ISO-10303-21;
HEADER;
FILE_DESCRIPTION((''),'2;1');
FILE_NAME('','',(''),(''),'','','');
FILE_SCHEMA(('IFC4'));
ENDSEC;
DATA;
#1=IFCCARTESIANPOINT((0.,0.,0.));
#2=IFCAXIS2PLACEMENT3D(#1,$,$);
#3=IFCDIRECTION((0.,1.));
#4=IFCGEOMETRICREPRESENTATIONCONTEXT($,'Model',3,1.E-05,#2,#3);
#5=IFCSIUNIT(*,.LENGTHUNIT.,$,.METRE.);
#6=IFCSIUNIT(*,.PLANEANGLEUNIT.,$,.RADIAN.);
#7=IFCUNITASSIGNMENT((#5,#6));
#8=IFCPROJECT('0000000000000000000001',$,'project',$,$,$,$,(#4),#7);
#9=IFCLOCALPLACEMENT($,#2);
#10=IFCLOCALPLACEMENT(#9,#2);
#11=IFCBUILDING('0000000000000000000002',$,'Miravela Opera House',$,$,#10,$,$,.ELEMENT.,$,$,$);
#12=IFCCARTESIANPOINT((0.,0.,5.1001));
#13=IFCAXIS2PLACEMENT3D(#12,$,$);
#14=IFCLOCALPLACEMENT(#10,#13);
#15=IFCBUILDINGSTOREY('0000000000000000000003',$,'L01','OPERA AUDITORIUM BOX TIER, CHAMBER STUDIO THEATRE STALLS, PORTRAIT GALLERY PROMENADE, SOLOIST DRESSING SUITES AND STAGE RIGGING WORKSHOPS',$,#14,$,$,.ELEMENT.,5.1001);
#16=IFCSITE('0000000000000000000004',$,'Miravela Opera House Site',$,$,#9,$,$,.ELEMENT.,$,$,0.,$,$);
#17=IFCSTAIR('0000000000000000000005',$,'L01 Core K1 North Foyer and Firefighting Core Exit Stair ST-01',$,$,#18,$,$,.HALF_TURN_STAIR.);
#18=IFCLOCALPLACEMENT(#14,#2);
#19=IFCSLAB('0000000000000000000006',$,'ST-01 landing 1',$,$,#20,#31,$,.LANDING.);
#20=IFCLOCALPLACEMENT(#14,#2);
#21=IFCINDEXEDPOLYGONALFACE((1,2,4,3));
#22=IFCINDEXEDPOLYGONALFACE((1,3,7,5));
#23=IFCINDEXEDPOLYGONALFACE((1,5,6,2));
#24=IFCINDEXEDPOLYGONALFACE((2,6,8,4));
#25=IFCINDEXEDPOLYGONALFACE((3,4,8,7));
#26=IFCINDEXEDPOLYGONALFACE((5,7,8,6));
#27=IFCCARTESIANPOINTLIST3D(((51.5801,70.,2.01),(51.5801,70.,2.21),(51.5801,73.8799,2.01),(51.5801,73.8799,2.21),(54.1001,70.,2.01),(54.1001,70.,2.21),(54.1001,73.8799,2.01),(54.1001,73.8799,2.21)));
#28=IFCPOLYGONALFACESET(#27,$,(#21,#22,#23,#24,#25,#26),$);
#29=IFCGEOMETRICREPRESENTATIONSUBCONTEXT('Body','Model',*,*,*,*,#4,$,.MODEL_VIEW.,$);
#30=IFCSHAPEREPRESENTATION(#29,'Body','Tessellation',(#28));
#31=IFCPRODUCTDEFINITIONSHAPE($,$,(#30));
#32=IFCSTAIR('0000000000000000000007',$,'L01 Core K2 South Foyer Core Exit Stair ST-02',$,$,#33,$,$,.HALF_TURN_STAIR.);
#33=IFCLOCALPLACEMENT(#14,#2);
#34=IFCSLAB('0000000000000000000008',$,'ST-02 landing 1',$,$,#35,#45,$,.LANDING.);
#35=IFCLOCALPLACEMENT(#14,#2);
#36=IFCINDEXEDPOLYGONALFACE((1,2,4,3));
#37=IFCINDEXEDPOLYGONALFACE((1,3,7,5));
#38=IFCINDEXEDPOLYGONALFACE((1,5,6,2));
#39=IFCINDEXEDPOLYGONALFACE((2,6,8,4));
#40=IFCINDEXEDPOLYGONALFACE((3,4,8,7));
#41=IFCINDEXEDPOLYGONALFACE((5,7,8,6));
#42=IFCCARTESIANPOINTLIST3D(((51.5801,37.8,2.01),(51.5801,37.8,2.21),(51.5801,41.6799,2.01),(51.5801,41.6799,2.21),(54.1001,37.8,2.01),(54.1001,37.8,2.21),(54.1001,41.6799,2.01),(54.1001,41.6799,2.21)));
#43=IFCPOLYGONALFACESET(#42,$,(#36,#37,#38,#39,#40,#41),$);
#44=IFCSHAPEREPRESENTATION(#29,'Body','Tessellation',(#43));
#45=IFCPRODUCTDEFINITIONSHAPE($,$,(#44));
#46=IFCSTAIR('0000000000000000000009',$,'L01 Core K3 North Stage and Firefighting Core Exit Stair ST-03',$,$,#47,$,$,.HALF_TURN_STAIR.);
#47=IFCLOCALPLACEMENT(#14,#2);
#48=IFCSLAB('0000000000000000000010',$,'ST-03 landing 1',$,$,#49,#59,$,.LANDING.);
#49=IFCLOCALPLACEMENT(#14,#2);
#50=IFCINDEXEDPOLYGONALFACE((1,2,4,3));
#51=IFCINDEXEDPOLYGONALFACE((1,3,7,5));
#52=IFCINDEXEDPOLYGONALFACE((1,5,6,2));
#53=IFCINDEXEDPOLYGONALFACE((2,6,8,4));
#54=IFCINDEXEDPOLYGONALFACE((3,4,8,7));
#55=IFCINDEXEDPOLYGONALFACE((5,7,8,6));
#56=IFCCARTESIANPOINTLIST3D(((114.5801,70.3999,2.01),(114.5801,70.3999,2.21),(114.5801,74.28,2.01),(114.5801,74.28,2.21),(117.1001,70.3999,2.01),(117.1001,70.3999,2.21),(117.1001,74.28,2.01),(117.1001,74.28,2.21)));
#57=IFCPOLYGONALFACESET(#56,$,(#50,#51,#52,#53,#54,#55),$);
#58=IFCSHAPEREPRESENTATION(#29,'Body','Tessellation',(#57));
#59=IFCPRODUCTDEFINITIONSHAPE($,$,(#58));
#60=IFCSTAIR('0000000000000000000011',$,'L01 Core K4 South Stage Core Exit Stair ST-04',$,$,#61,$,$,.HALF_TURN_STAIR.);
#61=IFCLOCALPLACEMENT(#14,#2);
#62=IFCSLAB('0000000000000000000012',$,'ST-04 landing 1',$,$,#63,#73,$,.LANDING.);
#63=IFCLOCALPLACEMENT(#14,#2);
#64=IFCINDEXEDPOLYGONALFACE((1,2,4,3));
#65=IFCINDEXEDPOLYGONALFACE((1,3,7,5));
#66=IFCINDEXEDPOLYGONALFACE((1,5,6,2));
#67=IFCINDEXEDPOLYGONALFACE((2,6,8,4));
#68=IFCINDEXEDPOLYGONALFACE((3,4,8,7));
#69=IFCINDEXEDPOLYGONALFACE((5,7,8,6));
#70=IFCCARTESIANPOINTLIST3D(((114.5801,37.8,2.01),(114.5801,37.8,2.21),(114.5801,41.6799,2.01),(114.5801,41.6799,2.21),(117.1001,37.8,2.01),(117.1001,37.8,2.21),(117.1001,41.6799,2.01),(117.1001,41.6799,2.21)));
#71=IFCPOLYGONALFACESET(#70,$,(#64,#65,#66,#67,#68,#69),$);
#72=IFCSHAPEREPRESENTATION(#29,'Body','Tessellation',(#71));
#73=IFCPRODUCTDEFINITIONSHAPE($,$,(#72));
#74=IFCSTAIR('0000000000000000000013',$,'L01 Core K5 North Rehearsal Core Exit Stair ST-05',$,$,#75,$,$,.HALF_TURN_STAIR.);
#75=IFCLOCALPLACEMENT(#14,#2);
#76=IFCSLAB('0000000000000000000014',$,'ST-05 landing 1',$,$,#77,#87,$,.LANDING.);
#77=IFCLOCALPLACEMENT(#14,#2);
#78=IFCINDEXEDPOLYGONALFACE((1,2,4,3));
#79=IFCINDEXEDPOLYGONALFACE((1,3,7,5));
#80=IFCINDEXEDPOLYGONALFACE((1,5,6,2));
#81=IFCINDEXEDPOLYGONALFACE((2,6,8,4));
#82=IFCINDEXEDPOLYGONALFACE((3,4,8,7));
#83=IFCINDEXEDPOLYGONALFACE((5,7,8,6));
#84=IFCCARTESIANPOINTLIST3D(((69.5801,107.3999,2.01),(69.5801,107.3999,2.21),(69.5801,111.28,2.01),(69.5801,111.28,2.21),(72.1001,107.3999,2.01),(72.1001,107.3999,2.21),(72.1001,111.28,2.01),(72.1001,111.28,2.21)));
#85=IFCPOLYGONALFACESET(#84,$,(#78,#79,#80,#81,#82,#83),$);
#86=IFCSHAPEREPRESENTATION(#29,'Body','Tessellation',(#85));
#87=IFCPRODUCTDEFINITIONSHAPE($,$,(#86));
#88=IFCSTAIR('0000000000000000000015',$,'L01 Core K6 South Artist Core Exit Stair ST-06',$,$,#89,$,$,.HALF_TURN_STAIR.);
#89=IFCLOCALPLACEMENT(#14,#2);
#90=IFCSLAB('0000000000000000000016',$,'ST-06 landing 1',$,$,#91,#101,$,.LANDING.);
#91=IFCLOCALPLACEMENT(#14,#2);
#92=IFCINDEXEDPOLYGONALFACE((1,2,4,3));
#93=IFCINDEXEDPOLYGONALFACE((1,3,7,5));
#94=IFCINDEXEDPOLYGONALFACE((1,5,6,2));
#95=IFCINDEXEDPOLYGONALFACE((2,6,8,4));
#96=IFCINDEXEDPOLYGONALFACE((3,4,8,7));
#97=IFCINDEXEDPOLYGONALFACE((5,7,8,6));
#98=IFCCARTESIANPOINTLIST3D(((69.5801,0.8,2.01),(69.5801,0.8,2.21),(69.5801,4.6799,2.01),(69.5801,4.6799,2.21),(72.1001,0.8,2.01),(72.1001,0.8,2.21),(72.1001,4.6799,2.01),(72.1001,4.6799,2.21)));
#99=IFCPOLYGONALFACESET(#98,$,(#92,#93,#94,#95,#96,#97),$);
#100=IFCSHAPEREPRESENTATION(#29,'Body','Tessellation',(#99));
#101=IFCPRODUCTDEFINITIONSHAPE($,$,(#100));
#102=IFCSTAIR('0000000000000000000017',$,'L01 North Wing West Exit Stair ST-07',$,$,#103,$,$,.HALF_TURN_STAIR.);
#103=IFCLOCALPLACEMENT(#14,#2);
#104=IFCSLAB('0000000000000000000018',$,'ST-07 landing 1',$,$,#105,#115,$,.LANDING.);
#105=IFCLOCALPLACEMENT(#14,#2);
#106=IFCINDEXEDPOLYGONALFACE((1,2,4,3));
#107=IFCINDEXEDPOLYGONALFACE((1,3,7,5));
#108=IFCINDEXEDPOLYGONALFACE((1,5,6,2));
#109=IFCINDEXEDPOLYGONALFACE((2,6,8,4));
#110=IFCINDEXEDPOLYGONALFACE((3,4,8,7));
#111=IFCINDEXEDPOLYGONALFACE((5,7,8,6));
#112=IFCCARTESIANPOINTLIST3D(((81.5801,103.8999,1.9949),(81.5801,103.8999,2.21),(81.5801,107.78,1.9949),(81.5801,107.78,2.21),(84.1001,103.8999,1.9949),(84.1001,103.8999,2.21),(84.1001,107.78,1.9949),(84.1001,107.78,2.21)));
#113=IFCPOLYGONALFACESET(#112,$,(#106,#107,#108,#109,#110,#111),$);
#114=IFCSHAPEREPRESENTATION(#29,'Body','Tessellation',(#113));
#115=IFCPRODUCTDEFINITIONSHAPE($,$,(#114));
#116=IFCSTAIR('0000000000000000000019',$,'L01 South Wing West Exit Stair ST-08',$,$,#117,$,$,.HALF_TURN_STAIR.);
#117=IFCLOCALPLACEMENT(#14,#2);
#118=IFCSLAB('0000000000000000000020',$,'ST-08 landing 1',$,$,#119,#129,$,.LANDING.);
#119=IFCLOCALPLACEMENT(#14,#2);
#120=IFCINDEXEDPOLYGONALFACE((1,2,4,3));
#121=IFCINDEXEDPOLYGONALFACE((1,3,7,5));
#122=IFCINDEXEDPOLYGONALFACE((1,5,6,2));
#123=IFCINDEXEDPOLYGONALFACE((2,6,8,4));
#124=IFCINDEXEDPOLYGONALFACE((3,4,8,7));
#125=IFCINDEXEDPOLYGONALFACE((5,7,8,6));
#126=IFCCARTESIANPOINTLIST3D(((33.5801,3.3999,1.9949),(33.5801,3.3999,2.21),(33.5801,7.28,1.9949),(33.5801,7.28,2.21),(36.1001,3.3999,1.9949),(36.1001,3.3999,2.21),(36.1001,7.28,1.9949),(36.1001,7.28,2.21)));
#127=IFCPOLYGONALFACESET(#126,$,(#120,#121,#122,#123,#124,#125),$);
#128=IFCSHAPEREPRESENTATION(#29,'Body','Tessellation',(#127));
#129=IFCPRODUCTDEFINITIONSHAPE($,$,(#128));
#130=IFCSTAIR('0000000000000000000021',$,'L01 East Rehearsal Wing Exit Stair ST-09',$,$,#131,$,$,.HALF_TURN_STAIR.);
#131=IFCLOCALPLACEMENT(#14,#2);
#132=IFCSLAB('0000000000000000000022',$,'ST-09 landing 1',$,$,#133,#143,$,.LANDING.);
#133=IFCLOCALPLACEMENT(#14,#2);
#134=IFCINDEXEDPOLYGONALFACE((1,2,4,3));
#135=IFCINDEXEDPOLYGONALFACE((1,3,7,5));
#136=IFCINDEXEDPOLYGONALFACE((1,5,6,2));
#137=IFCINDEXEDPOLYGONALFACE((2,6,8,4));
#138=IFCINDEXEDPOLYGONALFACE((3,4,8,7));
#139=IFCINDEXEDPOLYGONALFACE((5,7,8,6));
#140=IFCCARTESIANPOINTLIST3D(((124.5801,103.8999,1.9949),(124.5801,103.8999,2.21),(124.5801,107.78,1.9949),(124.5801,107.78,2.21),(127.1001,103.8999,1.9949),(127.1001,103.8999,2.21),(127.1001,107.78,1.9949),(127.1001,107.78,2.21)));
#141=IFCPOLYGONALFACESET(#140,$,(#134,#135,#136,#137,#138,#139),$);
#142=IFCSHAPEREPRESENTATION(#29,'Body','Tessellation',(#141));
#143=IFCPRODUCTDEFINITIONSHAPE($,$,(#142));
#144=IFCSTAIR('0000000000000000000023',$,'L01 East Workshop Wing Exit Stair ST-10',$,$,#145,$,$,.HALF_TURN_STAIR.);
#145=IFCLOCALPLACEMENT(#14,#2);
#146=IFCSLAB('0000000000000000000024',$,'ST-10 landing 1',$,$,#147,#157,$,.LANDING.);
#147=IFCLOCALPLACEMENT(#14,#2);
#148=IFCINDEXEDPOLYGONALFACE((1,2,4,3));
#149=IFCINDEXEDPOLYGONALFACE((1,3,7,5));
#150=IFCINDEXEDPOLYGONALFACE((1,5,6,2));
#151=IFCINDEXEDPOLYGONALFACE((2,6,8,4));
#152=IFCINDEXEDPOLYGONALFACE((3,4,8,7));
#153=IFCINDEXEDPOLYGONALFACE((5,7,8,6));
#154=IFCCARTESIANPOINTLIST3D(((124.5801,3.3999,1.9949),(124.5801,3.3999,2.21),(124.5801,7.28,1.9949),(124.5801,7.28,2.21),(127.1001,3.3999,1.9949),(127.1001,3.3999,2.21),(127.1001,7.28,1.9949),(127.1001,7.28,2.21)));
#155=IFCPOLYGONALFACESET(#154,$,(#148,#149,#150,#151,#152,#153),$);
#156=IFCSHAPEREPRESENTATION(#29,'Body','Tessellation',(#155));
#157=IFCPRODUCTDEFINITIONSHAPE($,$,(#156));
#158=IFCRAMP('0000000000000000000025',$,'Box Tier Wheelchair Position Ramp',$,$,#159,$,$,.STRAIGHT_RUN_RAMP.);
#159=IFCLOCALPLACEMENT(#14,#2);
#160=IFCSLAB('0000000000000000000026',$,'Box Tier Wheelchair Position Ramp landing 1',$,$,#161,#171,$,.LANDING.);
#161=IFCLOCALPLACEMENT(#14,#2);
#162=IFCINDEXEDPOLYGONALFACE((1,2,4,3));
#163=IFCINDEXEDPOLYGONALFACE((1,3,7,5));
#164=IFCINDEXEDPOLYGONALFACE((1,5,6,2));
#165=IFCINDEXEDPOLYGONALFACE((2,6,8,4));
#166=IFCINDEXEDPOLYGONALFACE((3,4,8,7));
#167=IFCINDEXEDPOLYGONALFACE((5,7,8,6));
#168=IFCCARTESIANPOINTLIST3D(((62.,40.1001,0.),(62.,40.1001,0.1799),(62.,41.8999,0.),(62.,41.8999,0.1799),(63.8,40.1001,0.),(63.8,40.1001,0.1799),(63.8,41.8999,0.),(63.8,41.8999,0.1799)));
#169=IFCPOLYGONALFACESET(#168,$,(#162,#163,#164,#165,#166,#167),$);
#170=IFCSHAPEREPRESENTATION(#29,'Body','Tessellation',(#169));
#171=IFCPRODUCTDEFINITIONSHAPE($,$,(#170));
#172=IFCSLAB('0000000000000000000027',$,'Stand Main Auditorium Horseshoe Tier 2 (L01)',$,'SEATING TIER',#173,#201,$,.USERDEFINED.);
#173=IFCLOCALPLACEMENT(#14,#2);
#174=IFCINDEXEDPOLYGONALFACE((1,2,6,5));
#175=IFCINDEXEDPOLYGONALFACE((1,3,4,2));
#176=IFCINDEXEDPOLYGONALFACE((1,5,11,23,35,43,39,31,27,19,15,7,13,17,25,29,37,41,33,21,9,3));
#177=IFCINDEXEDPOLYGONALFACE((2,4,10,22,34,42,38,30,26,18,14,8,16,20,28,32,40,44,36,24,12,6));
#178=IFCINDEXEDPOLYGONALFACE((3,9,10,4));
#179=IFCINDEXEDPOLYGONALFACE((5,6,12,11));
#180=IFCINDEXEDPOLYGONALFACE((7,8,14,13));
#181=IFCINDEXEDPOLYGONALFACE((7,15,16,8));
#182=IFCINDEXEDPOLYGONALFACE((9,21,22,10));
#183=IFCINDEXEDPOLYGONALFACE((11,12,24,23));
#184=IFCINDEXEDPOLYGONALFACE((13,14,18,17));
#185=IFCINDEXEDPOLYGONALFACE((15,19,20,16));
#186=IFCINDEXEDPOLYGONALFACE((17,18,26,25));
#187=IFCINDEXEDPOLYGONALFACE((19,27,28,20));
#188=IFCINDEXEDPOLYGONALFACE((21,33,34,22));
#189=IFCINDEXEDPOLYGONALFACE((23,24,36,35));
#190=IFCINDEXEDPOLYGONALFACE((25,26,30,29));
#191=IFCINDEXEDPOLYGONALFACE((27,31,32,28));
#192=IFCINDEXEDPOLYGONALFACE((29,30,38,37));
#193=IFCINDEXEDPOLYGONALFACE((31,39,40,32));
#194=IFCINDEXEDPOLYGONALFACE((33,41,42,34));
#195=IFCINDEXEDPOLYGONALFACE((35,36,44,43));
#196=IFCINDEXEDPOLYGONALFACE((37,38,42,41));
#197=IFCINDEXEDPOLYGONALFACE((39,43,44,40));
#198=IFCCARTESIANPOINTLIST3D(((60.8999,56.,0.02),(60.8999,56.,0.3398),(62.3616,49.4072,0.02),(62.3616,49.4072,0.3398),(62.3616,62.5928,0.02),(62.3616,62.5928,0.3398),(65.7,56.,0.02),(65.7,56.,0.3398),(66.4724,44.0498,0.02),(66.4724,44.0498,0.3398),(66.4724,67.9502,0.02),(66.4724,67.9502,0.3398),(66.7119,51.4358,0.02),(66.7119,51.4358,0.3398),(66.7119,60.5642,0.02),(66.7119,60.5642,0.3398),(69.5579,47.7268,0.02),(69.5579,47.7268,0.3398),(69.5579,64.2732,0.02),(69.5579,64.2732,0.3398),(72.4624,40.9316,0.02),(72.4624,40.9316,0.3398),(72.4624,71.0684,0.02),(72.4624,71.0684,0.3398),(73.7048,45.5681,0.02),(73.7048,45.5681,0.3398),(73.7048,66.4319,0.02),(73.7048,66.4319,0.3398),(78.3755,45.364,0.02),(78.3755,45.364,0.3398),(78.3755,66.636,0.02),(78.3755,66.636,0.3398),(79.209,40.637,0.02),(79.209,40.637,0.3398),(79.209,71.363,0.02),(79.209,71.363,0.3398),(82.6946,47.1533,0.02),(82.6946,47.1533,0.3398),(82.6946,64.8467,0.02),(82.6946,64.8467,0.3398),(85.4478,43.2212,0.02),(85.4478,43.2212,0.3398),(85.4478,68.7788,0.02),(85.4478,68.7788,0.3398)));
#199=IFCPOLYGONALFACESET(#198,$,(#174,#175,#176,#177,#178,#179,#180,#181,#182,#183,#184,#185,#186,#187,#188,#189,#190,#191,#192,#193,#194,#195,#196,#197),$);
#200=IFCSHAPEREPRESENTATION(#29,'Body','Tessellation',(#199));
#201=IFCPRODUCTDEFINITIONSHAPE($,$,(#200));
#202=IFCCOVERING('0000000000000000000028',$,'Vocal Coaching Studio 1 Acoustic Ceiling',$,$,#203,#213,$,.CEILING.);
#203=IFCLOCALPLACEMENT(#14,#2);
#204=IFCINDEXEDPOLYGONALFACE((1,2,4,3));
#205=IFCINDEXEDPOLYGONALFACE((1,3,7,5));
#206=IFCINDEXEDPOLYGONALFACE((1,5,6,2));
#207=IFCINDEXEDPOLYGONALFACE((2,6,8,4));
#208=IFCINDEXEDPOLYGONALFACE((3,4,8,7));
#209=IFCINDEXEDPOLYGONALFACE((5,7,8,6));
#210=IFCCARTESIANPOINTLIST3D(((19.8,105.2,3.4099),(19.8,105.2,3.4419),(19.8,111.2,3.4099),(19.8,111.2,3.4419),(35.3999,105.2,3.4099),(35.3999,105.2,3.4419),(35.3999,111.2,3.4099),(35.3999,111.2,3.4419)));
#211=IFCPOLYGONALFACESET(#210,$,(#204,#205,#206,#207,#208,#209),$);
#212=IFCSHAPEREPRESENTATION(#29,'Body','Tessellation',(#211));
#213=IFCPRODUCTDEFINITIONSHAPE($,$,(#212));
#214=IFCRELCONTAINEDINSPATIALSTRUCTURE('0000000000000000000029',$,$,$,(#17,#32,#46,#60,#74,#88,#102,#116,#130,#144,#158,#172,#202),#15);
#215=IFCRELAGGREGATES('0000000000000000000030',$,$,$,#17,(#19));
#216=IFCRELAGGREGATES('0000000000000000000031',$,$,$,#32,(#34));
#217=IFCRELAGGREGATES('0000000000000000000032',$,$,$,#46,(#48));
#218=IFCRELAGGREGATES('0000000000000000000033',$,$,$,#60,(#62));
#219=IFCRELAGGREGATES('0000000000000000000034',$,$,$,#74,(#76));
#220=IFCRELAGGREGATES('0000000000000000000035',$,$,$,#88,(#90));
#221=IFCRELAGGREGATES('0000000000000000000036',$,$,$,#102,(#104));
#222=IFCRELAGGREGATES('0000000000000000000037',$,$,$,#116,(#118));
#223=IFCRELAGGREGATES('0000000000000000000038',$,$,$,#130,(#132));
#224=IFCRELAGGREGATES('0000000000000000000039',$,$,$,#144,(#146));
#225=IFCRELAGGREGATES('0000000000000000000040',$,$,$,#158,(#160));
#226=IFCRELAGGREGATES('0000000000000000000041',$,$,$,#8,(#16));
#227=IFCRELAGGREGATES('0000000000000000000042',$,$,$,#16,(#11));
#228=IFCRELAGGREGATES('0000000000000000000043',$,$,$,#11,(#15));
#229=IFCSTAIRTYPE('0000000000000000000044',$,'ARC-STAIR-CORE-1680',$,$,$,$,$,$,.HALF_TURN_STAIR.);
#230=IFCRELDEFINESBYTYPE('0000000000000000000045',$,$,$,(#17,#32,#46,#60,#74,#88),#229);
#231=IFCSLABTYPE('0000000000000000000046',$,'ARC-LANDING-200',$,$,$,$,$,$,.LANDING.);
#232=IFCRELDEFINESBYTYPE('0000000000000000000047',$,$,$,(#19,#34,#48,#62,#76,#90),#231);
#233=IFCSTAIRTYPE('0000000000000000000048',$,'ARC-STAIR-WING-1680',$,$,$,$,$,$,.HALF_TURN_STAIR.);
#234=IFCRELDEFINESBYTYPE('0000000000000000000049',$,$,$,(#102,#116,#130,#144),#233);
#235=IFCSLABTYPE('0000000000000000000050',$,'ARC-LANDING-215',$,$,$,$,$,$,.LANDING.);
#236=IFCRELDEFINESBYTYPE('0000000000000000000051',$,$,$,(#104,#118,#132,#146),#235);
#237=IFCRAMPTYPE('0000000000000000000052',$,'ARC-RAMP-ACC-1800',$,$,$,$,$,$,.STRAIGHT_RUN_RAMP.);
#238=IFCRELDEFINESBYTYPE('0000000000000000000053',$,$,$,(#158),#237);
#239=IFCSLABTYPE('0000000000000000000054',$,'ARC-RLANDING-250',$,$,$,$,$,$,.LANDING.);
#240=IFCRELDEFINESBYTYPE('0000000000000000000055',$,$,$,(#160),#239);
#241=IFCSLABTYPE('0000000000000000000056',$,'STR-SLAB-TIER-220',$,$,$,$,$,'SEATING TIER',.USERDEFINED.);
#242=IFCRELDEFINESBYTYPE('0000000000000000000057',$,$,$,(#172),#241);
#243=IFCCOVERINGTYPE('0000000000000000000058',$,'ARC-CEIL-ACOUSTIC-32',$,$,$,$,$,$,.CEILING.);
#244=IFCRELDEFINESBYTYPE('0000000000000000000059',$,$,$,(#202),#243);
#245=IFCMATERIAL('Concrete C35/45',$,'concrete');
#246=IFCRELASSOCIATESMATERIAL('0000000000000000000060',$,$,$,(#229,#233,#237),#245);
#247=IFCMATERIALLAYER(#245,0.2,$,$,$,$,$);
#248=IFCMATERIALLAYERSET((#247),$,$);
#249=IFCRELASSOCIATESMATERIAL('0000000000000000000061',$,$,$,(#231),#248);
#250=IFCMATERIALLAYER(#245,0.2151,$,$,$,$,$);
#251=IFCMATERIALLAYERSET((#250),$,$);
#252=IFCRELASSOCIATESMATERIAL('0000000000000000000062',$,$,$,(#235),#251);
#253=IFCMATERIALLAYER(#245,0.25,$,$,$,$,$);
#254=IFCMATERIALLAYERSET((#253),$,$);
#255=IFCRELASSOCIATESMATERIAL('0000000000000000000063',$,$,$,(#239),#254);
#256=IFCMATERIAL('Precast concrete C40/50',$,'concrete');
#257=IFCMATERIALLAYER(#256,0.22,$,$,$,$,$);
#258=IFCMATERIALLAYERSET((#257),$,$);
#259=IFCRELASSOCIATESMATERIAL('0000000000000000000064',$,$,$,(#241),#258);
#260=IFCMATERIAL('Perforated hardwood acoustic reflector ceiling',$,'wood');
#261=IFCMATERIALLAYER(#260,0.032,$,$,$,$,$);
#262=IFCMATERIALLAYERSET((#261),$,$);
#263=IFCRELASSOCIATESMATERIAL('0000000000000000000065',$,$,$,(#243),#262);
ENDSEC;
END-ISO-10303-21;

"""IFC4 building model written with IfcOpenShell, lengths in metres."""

from ifc_helpers import new_model, si_unit, direction, frame, origin, place, context, subcontext, project, spatial, polyline, outline, extrude, material, layer, layer_set, type_object, element, aggregate, save


model = new_model("IFC4")

# Units and contexts
model_context = context("Model", 3, precision=1e-05, world=origin(), true_north=direction((0.0, 1.0)))
body_context = subcontext(model_context, "Body", "Model", "MODEL_VIEW")
ifc_project = project(units=[si_unit("LENGTHUNIT", "METRE"), si_unit("PLANEANGLEUNIT", "RADIAN")], contexts=[model_context])

# Site, building, storey
site_placement = place(None, origin())
site = spatial("IfcSite", under=ifc_project, at=site_placement, Name="Miravela Opera House Site", CompositionType="ELEMENT", RefElevation=0.0)
building_placement = place(site_placement, origin())
building = spatial("IfcBuilding", under=site, at=building_placement, Name="Miravela Opera House", CompositionType="ELEMENT")
storey_placement = place(building_placement, frame((0.0, 0.0, 5.1001)))
storey = spatial("IfcBuildingStorey", under=building, at=storey_placement, Name="L01", Description="OPERA AUDITORIUM BOX TIER, CHAMBER STUDIO THEATRE STALLS, PORTRAIT GALLERY PROMENADE, SOLOIST DRESSING SUITES AND STAGE RIGGING WORKSHOPS", CompositionType="ELEMENT", Elevation=5.1001)

# Stairs, slabs
ifc_material_1 = material(Name="Concrete C35/45", Category="concrete")
stair_type_1 = type_object("IfcStairType", Name="ARC-STAIR-CORE-1680", PredefinedType="HALF_TURN_STAIR", material=ifc_material_1)
stair_1_placement = place(storey_placement, origin())
stair_1 = element("IfcStair", 1, at=stair_1_placement, inside=storey, type_object=stair_type_1, Name="L01 Core K1 North Foyer and Firefighting Core Exit Stair ST-01", PredefinedType="HALF_TURN_STAIR")
ifc_layer_1 = layer(ifc_material_1, 0.2)
ifc_layer_set_1 = layer_set([ifc_layer_1])
slab_type_1 = type_object("IfcSlabType", Name="ARC-LANDING-200", PredefinedType="LANDING", material=ifc_layer_set_1)
slab_1_placement = place(storey_placement, frame((0.0, 0.0, 2.01)))
slab_1 = element("IfcSlab", 2, at=slab_1_placement, type_object=slab_type_1, Name="ST-01 landing 1", PredefinedType="LANDING", context=body_context, shape_type="SweptSolid", body=[
    extrude(outline(polyline([(51.5801, 70.0), (54.1001, 70.0), (54.1001, 73.8799), (51.5801, 73.8799), (51.5801, 70.0)])), origin(), (0.0, 0.0, 1.0), 0.2),
])
aggregate(stair_1, [slab_1])
stair_2_placement = place(storey_placement, origin())
stair_2 = element("IfcStair", 3, at=stair_2_placement, inside=storey, type_object=stair_type_1, Name="L01 Core K2 South Foyer Core Exit Stair ST-02", PredefinedType="HALF_TURN_STAIR")
slab_2_placement = place(storey_placement, frame((0.0, 0.0, 2.01)))
slab_2 = element("IfcSlab", 4, at=slab_2_placement, type_object=slab_type_1, Name="ST-02 landing 1", PredefinedType="LANDING", context=body_context, shape_type="SweptSolid", body=[
    extrude(outline(polyline([(51.5801, 37.8), (54.1001, 37.8), (54.1001, 41.6799), (51.5801, 41.6799), (51.5801, 37.8)])), origin(), (0.0, 0.0, 1.0), 0.2),
])
aggregate(stair_2, [slab_2])
stair_3_placement = place(storey_placement, origin())
stair_3 = element("IfcStair", 5, at=stair_3_placement, inside=storey, type_object=stair_type_1, Name="L01 Core K3 North Stage and Firefighting Core Exit Stair ST-03", PredefinedType="HALF_TURN_STAIR")
slab_3_placement = place(storey_placement, frame((0.0, 0.0, 2.01)))
slab_3 = element("IfcSlab", 6, at=slab_3_placement, type_object=slab_type_1, Name="ST-03 landing 1", PredefinedType="LANDING", context=body_context, shape_type="SweptSolid", body=[
    extrude(outline(polyline([(114.5801, 70.3999), (117.1001, 70.3999), (117.1001, 74.28), (114.5801, 74.28), (114.5801, 70.3999)])), origin(), (0.0, 0.0, 1.0), 0.2),
])
aggregate(stair_3, [slab_3])
stair_4_placement = place(storey_placement, origin())
stair_4 = element("IfcStair", 7, at=stair_4_placement, inside=storey, type_object=stair_type_1, Name="L01 Core K4 South Stage Core Exit Stair ST-04", PredefinedType="HALF_TURN_STAIR")
slab_4_placement = place(storey_placement, frame((0.0, 0.0, 2.01)))
slab_4 = element("IfcSlab", 8, at=slab_4_placement, type_object=slab_type_1, Name="ST-04 landing 1", PredefinedType="LANDING", context=body_context, shape_type="SweptSolid", body=[
    extrude(outline(polyline([(114.5801, 37.8), (117.1001, 37.8), (117.1001, 41.6799), (114.5801, 41.6799), (114.5801, 37.8)])), origin(), (0.0, 0.0, 1.0), 0.2),
])
aggregate(stair_4, [slab_4])
stair_5_placement = place(storey_placement, origin())
stair_5 = element("IfcStair", 9, at=stair_5_placement, inside=storey, type_object=stair_type_1, Name="L01 Core K5 North Rehearsal Core Exit Stair ST-05", PredefinedType="HALF_TURN_STAIR")
slab_5_placement = place(storey_placement, frame((0.0, 0.0, 2.01)))
slab_5 = element("IfcSlab", 10, at=slab_5_placement, type_object=slab_type_1, Name="ST-05 landing 1", PredefinedType="LANDING", context=body_context, shape_type="SweptSolid", body=[
    extrude(outline(polyline([(69.5801, 107.3999), (72.1001, 107.3999), (72.1001, 111.28), (69.5801, 111.28), (69.5801, 107.3999)])), origin(), (0.0, 0.0, 1.0), 0.2),
])
aggregate(stair_5, [slab_5])
stair_6_placement = place(storey_placement, origin())
stair_6 = element("IfcStair", 11, at=stair_6_placement, inside=storey, type_object=stair_type_1, Name="L01 Core K6 South Artist Core Exit Stair ST-06", PredefinedType="HALF_TURN_STAIR")
slab_6_placement = place(storey_placement, frame((0.0, 0.0, 2.01)))
slab_6 = element("IfcSlab", 12, at=slab_6_placement, type_object=slab_type_1, Name="ST-06 landing 1", PredefinedType="LANDING", context=body_context, shape_type="SweptSolid", body=[
    extrude(outline(polyline([(69.5801, 0.8), (72.1001, 0.8), (72.1001, 4.6799), (69.5801, 4.6799), (69.5801, 0.8)])), origin(), (0.0, 0.0, 1.0), 0.2),
])
aggregate(stair_6, [slab_6])
stair_type_2 = type_object("IfcStairType", Name="ARC-STAIR-WING-1680", PredefinedType="HALF_TURN_STAIR", material=ifc_material_1)
stair_7_placement = place(storey_placement, origin())
stair_7 = element("IfcStair", 13, at=stair_7_placement, inside=storey, type_object=stair_type_2, Name="L01 North Wing West Exit Stair ST-07", PredefinedType="HALF_TURN_STAIR")
ifc_layer_2 = layer(ifc_material_1, 0.2151)
ifc_layer_set_2 = layer_set([ifc_layer_2])
slab_type_2 = type_object("IfcSlabType", Name="ARC-LANDING-215", PredefinedType="LANDING", material=ifc_layer_set_2)
slab_7_placement = place(storey_placement, frame((0.0, 0.0, 1.9949)))
slab_7 = element("IfcSlab", 14, at=slab_7_placement, type_object=slab_type_2, Name="ST-07 landing 1", PredefinedType="LANDING", context=body_context, shape_type="SweptSolid", body=[
    extrude(outline(polyline([(81.5801, 103.8999), (84.1001, 103.8999), (84.1001, 107.78), (81.5801, 107.78), (81.5801, 103.8999)])), origin(), (0.0, 0.0, 1.0), 0.2151),
])
aggregate(stair_7, [slab_7])
stair_8_placement = place(storey_placement, origin())
stair_8 = element("IfcStair", 15, at=stair_8_placement, inside=storey, type_object=stair_type_2, Name="L01 South Wing West Exit Stair ST-08", PredefinedType="HALF_TURN_STAIR")
slab_8_placement = place(storey_placement, frame((0.0, 0.0, 1.9949)))
slab_8 = element("IfcSlab", 16, at=slab_8_placement, type_object=slab_type_2, Name="ST-08 landing 1", PredefinedType="LANDING", context=body_context, shape_type="SweptSolid", body=[
    extrude(outline(polyline([(33.5801, 3.3999), (36.1001, 3.3999), (36.1001, 7.28), (33.5801, 7.28), (33.5801, 3.3999)])), origin(), (0.0, 0.0, 1.0), 0.2151),
])
aggregate(stair_8, [slab_8])
stair_9_placement = place(storey_placement, origin())
stair_9 = element("IfcStair", 17, at=stair_9_placement, inside=storey, type_object=stair_type_2, Name="L01 East Rehearsal Wing Exit Stair ST-09", PredefinedType="HALF_TURN_STAIR")
slab_9_placement = place(storey_placement, frame((0.0, 0.0, 1.9949)))
slab_9 = element("IfcSlab", 18, at=slab_9_placement, type_object=slab_type_2, Name="ST-09 landing 1", PredefinedType="LANDING", context=body_context, shape_type="SweptSolid", body=[
    extrude(outline(polyline([(124.5801, 103.8999), (127.1001, 103.8999), (127.1001, 107.78), (124.5801, 107.78), (124.5801, 103.8999)])), origin(), (0.0, 0.0, 1.0), 0.2151),
])
aggregate(stair_9, [slab_9])
stair_10_placement = place(storey_placement, origin())
stair_10 = element("IfcStair", 19, at=stair_10_placement, inside=storey, type_object=stair_type_2, Name="L01 East Workshop Wing Exit Stair ST-10", PredefinedType="HALF_TURN_STAIR")
slab_10_placement = place(storey_placement, frame((0.0, 0.0, 1.9949)))
slab_10 = element("IfcSlab", 20, at=slab_10_placement, type_object=slab_type_2, Name="ST-10 landing 1", PredefinedType="LANDING", context=body_context, shape_type="SweptSolid", body=[
    extrude(outline(polyline([(124.5801, 3.3999), (127.1001, 3.3999), (127.1001, 7.28), (124.5801, 7.28), (124.5801, 3.3999)])), origin(), (0.0, 0.0, 1.0), 0.2151),
])
aggregate(stair_10, [slab_10])

# Ramp, slab
ramp_type = type_object("IfcRampType", Name="ARC-RAMP-ACC-1800", PredefinedType="STRAIGHT_RUN_RAMP", material=ifc_material_1)
ramp_placement = place(storey_placement, origin())
ramp = element("IfcRamp", 21, at=ramp_placement, inside=storey, type_object=ramp_type, Name="Box Tier Wheelchair Position Ramp", PredefinedType="STRAIGHT_RUN_RAMP")
ifc_layer_3 = layer(ifc_material_1, 0.25)
ifc_layer_set_3 = layer_set([ifc_layer_3])
slab_type_3 = type_object("IfcSlabType", Name="ARC-RLANDING-250", PredefinedType="LANDING", material=ifc_layer_set_3)
slab_11_placement = place(storey_placement, origin())
slab_11 = element("IfcSlab", 22, at=slab_11_placement, type_object=slab_type_3, Name="Box Tier Wheelchair Position Ramp landing 1", PredefinedType="LANDING", context=body_context, shape_type="SweptSolid", body=[
    extrude(outline(polyline([(62.0, 40.1001), (63.8, 40.1001), (63.8, 41.8999), (62.0, 41.8999), (62.0, 40.1001)])), origin(), (0.0, 0.0, 1.0), 0.1799),
])
aggregate(ramp, [slab_11])

# Slab
ifc_material_2 = material(Name="Precast concrete C40/50", Category="concrete")
ifc_layer_4 = layer(ifc_material_2, 0.22)
ifc_layer_set_4 = layer_set([ifc_layer_4])
slab_type_4 = type_object("IfcSlabType", Name="STR-SLAB-TIER-220", ElementType="SEATING TIER", PredefinedType="USERDEFINED", material=ifc_layer_set_4)
slab_12_placement = place(storey_placement, frame((0.0, 0.0, 0.02)))
element("IfcSlab", 23, at=slab_12_placement, inside=storey, type_object=slab_type_4, Name="Stand Main Auditorium Horseshoe Tier 2 (L01)", ObjectType="SEATING TIER", PredefinedType="USERDEFINED", context=body_context, shape_type="SweptSolid", body=[
    extrude(outline(polyline([(85.4478, 68.7788), (79.209, 71.363), (72.4624, 71.0684), (66.4724, 67.9502), (62.3616, 62.5928), (60.8999, 56.0), (62.3616, 49.4072), (66.4724, 44.0498), (72.4624, 40.9316), (79.209, 40.637), (85.4478, 43.2212), (82.6946, 47.1533), (78.3755, 45.364), (73.7048, 45.5681), (69.5579, 47.7268), (66.7119, 51.4358), (65.7, 56.0), (66.7119, 60.5642), (69.5579, 64.2732), (73.7048, 66.4319), (78.3755, 66.636), (82.6946, 64.8467), (85.4478, 68.7788)])), origin(), (0.0, 0.0, 1.0), 0.3198),
])

# Covering
ifc_material_3 = material(Name="Perforated hardwood acoustic reflector ceiling", Category="wood")
ifc_layer_5 = layer(ifc_material_3, 0.032)
ifc_layer_set_5 = layer_set([ifc_layer_5])
covering_type_1 = type_object("IfcCoveringType", Name="ARC-CEIL-ACOUSTIC-32", PredefinedType="CEILING", material=ifc_layer_set_5)
covering_1_placement = place(storey_placement, frame((0.0, 0.0, 3.4099)))
element("IfcCovering", 24, at=covering_1_placement, inside=storey, type_object=covering_type_1, Name="Vocal Coaching Studio 1 Acoustic Ceiling", PredefinedType="CEILING", context=body_context, shape_type="SweptSolid", body=[
    extrude(outline(polyline([(19.8, 105.2), (35.3999, 105.2), (35.3999, 111.2), (19.8, 111.2), (19.8, 105.2)])), origin(), (0.0, 0.0, 1.0), 0.032),
])

save(model, "model.ifc")
